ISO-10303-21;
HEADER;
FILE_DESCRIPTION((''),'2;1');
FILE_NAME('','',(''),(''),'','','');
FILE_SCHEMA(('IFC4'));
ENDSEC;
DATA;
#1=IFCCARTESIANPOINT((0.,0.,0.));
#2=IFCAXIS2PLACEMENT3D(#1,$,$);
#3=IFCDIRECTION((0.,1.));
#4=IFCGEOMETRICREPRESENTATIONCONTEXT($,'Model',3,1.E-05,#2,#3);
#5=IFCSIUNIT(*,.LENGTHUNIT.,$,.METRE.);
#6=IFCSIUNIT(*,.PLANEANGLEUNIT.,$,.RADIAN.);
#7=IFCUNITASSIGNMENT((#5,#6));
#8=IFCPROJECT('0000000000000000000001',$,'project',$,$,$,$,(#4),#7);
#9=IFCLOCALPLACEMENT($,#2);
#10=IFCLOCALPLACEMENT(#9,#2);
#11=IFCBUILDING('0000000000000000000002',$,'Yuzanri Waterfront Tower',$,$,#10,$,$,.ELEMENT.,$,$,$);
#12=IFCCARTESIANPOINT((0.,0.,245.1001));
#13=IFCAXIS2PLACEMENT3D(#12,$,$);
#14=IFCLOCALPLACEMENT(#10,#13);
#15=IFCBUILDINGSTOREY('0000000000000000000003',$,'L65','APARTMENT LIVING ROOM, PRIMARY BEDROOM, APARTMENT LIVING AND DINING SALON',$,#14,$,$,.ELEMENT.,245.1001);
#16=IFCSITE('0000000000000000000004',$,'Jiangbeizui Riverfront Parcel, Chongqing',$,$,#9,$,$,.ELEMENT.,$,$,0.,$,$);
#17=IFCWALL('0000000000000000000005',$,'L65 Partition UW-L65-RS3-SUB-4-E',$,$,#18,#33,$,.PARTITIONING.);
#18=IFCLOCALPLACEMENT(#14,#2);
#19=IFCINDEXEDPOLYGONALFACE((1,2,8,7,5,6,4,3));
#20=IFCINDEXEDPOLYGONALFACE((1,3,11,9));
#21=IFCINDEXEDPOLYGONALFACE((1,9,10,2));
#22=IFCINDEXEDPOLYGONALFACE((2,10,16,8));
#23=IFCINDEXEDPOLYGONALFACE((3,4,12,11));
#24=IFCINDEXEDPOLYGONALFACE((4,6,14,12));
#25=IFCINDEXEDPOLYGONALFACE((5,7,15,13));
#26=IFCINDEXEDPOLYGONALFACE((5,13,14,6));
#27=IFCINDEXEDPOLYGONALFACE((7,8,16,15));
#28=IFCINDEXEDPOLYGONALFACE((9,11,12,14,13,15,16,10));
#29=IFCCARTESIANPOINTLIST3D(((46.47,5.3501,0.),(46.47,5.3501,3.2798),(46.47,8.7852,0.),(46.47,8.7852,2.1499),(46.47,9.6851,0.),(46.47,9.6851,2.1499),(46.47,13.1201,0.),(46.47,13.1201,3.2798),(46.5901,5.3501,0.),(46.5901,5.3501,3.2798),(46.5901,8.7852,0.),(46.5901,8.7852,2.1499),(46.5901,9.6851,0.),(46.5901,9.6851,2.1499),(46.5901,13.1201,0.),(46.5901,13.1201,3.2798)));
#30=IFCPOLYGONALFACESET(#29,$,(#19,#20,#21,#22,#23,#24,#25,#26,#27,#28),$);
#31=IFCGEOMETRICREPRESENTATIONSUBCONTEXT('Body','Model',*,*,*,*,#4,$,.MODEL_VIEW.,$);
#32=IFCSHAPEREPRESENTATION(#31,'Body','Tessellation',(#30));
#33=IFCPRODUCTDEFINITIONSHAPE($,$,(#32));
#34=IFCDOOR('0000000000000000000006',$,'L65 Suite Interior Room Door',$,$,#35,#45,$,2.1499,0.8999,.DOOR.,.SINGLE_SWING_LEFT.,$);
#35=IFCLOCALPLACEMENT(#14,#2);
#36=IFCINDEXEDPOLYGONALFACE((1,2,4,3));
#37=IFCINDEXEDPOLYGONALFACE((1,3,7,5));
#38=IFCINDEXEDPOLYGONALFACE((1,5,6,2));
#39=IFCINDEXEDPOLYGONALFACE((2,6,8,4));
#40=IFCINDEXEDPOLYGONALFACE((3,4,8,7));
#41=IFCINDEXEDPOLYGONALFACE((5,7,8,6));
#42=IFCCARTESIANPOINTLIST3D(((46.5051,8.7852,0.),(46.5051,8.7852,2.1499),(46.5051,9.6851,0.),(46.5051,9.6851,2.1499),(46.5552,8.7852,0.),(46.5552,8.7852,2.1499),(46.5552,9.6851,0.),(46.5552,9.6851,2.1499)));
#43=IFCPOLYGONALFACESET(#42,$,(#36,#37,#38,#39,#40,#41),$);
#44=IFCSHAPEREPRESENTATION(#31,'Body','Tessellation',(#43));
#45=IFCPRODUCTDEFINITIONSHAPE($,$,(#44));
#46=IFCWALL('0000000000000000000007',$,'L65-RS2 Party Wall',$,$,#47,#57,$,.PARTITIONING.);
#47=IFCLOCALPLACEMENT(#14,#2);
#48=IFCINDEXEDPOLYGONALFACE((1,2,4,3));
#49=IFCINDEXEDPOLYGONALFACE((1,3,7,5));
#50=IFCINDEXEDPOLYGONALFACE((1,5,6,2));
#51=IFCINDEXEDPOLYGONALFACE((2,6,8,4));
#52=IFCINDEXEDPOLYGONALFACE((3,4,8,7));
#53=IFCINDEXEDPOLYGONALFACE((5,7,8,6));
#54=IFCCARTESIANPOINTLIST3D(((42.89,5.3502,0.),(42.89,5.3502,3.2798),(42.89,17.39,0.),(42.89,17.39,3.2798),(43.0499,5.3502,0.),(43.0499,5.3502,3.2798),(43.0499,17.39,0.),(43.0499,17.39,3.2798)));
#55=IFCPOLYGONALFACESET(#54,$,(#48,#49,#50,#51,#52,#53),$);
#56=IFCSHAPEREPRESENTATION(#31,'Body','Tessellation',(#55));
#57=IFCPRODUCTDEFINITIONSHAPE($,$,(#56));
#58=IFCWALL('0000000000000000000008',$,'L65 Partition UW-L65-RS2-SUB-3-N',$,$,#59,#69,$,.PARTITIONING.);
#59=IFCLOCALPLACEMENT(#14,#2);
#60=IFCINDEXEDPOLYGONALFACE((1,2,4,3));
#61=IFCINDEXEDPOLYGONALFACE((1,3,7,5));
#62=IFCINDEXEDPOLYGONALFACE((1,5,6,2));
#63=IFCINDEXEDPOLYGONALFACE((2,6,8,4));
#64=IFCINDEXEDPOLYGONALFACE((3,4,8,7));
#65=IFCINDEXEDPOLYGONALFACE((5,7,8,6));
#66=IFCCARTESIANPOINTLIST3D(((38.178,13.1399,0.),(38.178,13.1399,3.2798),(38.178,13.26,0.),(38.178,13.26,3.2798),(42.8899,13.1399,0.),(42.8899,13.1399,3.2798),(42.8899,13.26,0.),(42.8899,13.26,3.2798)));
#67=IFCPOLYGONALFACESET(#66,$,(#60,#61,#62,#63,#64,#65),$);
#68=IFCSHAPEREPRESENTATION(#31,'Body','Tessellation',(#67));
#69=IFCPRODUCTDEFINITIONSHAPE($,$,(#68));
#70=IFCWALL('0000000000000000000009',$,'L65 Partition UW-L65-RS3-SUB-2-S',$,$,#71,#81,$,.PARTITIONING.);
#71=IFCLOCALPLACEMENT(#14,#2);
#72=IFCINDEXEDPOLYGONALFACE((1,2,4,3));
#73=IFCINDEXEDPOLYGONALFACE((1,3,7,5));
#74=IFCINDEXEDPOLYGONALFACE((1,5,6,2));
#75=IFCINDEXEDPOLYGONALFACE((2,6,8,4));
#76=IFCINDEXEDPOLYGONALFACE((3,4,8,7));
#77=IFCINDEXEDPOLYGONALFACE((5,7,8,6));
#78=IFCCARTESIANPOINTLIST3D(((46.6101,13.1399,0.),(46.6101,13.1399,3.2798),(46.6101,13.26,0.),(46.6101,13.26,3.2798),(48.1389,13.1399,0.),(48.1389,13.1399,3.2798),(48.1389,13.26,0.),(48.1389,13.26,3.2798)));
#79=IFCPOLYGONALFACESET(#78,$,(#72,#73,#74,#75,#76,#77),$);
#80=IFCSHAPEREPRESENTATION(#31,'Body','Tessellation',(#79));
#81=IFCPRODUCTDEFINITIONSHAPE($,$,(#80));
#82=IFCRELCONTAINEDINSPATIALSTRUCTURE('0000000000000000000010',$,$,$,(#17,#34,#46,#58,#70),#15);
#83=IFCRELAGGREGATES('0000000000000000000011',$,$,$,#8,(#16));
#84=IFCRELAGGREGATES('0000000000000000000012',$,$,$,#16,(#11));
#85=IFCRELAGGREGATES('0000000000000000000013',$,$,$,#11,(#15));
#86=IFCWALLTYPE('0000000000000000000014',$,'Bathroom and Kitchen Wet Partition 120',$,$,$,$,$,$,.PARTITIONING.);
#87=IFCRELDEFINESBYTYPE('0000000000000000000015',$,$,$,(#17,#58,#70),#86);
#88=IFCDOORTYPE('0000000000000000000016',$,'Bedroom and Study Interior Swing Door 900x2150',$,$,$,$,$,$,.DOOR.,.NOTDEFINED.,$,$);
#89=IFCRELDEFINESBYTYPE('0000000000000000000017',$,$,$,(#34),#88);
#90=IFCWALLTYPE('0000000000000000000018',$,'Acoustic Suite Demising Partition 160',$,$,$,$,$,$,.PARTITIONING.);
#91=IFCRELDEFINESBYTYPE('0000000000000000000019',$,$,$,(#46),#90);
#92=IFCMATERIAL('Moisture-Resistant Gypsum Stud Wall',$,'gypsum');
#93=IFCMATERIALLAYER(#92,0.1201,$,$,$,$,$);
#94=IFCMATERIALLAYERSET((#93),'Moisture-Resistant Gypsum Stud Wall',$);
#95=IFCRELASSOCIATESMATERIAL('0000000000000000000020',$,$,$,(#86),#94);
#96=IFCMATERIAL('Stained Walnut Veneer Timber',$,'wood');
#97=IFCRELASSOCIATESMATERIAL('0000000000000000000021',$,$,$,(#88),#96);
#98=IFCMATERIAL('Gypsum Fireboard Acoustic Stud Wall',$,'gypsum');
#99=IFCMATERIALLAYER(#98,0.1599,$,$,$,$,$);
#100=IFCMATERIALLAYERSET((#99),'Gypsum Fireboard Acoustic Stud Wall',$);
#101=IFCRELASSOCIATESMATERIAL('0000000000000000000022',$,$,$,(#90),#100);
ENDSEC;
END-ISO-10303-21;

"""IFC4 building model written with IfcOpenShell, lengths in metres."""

from ifc_helpers import new_model, si_unit, direction, frame, frame_2d, origin, place, context, subcontext, project, spatial, rectangle, extrude, source, transform, mapped, material, layer, layer_set, type_object, element, fill, save


model = new_model("IFC4")

# Units and contexts
model_context = context("Model", 3, precision=1e-05, world=origin(), true_north=direction((0.0, 1.0)))
body_context = subcontext(model_context, "Body", "Model", "MODEL_VIEW")
ifc_project = project(units=[si_unit("LENGTHUNIT", "METRE"), si_unit("PLANEANGLEUNIT", "RADIAN")], contexts=[model_context])

# Site, building, storey
site_placement = place(None, origin())
site = spatial("IfcSite", under=ifc_project, at=site_placement, Name="Jiangbeizui Riverfront Parcel, Chongqing", CompositionType="ELEMENT", RefElevation=0.0)
building_placement = place(site_placement, origin())
building = spatial("IfcBuilding", under=site, at=building_placement, Name="Yuzanri Waterfront Tower", CompositionType="ELEMENT")
storey_placement = place(building_placement, frame((0.0, 0.0, 245.1001)))
storey = spatial("IfcBuildingStorey", under=building, at=storey_placement, Name="L65", Description="APARTMENT LIVING ROOM, PRIMARY BEDROOM, APARTMENT LIVING AND DINING SALON", CompositionType="ELEMENT", Elevation=245.1001)

# Wall, opening, door
ifc_material_1 = material(Name="Moisture-Resistant Gypsum Stud Wall", Category="gypsum")
ifc_layer_1 = layer(ifc_material_1, 0.1201)
ifc_layer_set_1 = layer_set([ifc_layer_1], Name="Moisture-Resistant Gypsum Stud Wall")
wall_type_1 = type_object("IfcWallType", Name="Bathroom and Kitchen Wet Partition 120", PredefinedType="PARTITIONING", material=ifc_layer_set_1)
ifc_material_2 = material(Name="Stained Walnut Veneer Timber", Category="wood")
door_type_1 = type_object("IfcDoorType", Name="Bedroom and Study Interior Swing Door 900x2150", OperationType="NOTDEFINED", PredefinedType="DOOR", material=ifc_material_2)
shared_shape_1 = source(origin(), body_context, "Body", "SweptSolid", [
    extrude(rectangle(XDim=0.8999, YDim=2.1499, at=frame_2d((0.45, 1.075))), frame((0.0, 0.0249, 0.0), z_axis=(0.0, -1.0, 0.0), x_axis=(1.0, 0.0, 0.0)), (0.0, 0.0, 1.0), 0.05),
])
wall_1_placement = place(storey_placement, frame((46.53, 5.3501, 0.0), z_axis=(0.0, 0.0, 1.0), x_axis=(0.0, 1.0, 0.0)))
wall_1 = element("IfcWall", 1, at=wall_1_placement, inside=storey, type_object=wall_type_1, Name="L65 Partition UW-L65-RS3-SUB-4-E", PredefinedType="PARTITIONING", context=body_context, shape_type="SweptSolid", body=[
    extrude(rectangle(XDim=7.77, YDim=0.1201, at=frame_2d((3.885, 0.0))), origin(), (0.0, 0.0, 1.0), 3.2798),
])
opening_1_placement = place(wall_1_placement, frame((3.4351, 0.0, 0.0)))
opening_1 = element("IfcOpeningElement", 2, at=opening_1_placement, cuts=wall_1, PredefinedType="OPENING", context=body_context, shape_type="SweptSolid", body=[
    extrude(rectangle(XDim=0.8999, YDim=2.1499, at=frame_2d((0.45, 1.075))), frame((0.0, 0.075, 0.0), z_axis=(0.0, -1.0, 0.0), x_axis=(1.0, 0.0, 0.0)), (0.0, 0.0, 1.0), 0.1499),
])
door_1_placement = place(opening_1_placement, origin())
door_1 = element("IfcDoor", 3, at=door_1_placement, inside=storey, type_object=door_type_1, Name="L65 Suite Interior Room Door", OperationType="SINGLE_SWING_LEFT", OverallHeight=2.1499, OverallWidth=0.8999, PredefinedType="DOOR", context=body_context, shape_type="MappedRepresentation", body=[
    mapped(shared_shape_1, transform((0.0, 0.0, 0.0), scale=1.0)),
])
fill(opening_1, door_1)

# Walls
ifc_material_3 = material(Name="Gypsum Fireboard Acoustic Stud Wall", Category="gypsum")
ifc_layer_2 = layer(ifc_material_3, 0.1599)
ifc_layer_set_2 = layer_set([ifc_layer_2], Name="Gypsum Fireboard Acoustic Stud Wall")
wall_type_2 = type_object("IfcWallType", Name="Acoustic Suite Demising Partition 160", PredefinedType="PARTITIONING", material=ifc_layer_set_2)
shared_shape_2 = source(origin(), body_context, "Body", "SweptSolid", [
    extrude(rectangle(XDim=12.0398, YDim=0.1599, at=frame_2d((6.02, 0.0))), origin(), (0.0, 0.0, 1.0), 3.2798),
])
wall_2_placement = place(storey_placement, frame((42.97, 5.3501, 0.0), z_axis=(0.0, 0.0, 1.0), x_axis=(0.0, 1.0, 0.0)))
element("IfcWall", 4, at=wall_2_placement, inside=storey, type_object=wall_type_2, Name="L65-RS2 Party Wall", PredefinedType="PARTITIONING", context=body_context, shape_type="MappedRepresentation", body=[
    mapped(shared_shape_2, transform((0.0, 0.0, 0.0), scale=1.0)),
])
shared_shape_3 = source(origin(), body_context, "Body", "SweptSolid", [
    extrude(rectangle(XDim=4.7119, YDim=0.1201, at=frame_2d((2.356, 0.0))), origin(), (0.0, 0.0, 1.0), 3.2798),
])
wall_3_placement = place(storey_placement, frame((38.178, 13.2, 0.0), z_axis=(0.0, 0.0, 1.0), x_axis=(1.0, 0.0, 0.0)))
element("IfcWall", 5, at=wall_3_placement, inside=storey, type_object=wall_type_1, Name="L65 Partition UW-L65-RS2-SUB-3-N", PredefinedType="PARTITIONING", context=body_context, shape_type="MappedRepresentation", body=[
    mapped(shared_shape_3, transform((0.0, 0.0, 0.0), scale=1.0)),
])
shared_shape_4 = source(origin(), body_context, "Body", "SweptSolid", [
    extrude(rectangle(XDim=1.5288, YDim=0.1201, at=frame_2d((0.7644, 0.0))), origin(), (0.0, 0.0, 1.0), 3.2798),
])
wall_4_placement = place(storey_placement, frame((46.6101, 13.2, 0.0), z_axis=(0.0, 0.0, 1.0), x_axis=(1.0, 0.0, 0.0)))
element("IfcWall", 6, at=wall_4_placement, inside=storey, type_object=wall_type_1, Name="L65 Partition UW-L65-RS3-SUB-2-S", PredefinedType="PARTITIONING", context=body_context, shape_type="MappedRepresentation", body=[
    mapped(shared_shape_4, transform((0.0, 0.0, 0.0), scale=1.0)),
])

save(model, "model.ifc")
